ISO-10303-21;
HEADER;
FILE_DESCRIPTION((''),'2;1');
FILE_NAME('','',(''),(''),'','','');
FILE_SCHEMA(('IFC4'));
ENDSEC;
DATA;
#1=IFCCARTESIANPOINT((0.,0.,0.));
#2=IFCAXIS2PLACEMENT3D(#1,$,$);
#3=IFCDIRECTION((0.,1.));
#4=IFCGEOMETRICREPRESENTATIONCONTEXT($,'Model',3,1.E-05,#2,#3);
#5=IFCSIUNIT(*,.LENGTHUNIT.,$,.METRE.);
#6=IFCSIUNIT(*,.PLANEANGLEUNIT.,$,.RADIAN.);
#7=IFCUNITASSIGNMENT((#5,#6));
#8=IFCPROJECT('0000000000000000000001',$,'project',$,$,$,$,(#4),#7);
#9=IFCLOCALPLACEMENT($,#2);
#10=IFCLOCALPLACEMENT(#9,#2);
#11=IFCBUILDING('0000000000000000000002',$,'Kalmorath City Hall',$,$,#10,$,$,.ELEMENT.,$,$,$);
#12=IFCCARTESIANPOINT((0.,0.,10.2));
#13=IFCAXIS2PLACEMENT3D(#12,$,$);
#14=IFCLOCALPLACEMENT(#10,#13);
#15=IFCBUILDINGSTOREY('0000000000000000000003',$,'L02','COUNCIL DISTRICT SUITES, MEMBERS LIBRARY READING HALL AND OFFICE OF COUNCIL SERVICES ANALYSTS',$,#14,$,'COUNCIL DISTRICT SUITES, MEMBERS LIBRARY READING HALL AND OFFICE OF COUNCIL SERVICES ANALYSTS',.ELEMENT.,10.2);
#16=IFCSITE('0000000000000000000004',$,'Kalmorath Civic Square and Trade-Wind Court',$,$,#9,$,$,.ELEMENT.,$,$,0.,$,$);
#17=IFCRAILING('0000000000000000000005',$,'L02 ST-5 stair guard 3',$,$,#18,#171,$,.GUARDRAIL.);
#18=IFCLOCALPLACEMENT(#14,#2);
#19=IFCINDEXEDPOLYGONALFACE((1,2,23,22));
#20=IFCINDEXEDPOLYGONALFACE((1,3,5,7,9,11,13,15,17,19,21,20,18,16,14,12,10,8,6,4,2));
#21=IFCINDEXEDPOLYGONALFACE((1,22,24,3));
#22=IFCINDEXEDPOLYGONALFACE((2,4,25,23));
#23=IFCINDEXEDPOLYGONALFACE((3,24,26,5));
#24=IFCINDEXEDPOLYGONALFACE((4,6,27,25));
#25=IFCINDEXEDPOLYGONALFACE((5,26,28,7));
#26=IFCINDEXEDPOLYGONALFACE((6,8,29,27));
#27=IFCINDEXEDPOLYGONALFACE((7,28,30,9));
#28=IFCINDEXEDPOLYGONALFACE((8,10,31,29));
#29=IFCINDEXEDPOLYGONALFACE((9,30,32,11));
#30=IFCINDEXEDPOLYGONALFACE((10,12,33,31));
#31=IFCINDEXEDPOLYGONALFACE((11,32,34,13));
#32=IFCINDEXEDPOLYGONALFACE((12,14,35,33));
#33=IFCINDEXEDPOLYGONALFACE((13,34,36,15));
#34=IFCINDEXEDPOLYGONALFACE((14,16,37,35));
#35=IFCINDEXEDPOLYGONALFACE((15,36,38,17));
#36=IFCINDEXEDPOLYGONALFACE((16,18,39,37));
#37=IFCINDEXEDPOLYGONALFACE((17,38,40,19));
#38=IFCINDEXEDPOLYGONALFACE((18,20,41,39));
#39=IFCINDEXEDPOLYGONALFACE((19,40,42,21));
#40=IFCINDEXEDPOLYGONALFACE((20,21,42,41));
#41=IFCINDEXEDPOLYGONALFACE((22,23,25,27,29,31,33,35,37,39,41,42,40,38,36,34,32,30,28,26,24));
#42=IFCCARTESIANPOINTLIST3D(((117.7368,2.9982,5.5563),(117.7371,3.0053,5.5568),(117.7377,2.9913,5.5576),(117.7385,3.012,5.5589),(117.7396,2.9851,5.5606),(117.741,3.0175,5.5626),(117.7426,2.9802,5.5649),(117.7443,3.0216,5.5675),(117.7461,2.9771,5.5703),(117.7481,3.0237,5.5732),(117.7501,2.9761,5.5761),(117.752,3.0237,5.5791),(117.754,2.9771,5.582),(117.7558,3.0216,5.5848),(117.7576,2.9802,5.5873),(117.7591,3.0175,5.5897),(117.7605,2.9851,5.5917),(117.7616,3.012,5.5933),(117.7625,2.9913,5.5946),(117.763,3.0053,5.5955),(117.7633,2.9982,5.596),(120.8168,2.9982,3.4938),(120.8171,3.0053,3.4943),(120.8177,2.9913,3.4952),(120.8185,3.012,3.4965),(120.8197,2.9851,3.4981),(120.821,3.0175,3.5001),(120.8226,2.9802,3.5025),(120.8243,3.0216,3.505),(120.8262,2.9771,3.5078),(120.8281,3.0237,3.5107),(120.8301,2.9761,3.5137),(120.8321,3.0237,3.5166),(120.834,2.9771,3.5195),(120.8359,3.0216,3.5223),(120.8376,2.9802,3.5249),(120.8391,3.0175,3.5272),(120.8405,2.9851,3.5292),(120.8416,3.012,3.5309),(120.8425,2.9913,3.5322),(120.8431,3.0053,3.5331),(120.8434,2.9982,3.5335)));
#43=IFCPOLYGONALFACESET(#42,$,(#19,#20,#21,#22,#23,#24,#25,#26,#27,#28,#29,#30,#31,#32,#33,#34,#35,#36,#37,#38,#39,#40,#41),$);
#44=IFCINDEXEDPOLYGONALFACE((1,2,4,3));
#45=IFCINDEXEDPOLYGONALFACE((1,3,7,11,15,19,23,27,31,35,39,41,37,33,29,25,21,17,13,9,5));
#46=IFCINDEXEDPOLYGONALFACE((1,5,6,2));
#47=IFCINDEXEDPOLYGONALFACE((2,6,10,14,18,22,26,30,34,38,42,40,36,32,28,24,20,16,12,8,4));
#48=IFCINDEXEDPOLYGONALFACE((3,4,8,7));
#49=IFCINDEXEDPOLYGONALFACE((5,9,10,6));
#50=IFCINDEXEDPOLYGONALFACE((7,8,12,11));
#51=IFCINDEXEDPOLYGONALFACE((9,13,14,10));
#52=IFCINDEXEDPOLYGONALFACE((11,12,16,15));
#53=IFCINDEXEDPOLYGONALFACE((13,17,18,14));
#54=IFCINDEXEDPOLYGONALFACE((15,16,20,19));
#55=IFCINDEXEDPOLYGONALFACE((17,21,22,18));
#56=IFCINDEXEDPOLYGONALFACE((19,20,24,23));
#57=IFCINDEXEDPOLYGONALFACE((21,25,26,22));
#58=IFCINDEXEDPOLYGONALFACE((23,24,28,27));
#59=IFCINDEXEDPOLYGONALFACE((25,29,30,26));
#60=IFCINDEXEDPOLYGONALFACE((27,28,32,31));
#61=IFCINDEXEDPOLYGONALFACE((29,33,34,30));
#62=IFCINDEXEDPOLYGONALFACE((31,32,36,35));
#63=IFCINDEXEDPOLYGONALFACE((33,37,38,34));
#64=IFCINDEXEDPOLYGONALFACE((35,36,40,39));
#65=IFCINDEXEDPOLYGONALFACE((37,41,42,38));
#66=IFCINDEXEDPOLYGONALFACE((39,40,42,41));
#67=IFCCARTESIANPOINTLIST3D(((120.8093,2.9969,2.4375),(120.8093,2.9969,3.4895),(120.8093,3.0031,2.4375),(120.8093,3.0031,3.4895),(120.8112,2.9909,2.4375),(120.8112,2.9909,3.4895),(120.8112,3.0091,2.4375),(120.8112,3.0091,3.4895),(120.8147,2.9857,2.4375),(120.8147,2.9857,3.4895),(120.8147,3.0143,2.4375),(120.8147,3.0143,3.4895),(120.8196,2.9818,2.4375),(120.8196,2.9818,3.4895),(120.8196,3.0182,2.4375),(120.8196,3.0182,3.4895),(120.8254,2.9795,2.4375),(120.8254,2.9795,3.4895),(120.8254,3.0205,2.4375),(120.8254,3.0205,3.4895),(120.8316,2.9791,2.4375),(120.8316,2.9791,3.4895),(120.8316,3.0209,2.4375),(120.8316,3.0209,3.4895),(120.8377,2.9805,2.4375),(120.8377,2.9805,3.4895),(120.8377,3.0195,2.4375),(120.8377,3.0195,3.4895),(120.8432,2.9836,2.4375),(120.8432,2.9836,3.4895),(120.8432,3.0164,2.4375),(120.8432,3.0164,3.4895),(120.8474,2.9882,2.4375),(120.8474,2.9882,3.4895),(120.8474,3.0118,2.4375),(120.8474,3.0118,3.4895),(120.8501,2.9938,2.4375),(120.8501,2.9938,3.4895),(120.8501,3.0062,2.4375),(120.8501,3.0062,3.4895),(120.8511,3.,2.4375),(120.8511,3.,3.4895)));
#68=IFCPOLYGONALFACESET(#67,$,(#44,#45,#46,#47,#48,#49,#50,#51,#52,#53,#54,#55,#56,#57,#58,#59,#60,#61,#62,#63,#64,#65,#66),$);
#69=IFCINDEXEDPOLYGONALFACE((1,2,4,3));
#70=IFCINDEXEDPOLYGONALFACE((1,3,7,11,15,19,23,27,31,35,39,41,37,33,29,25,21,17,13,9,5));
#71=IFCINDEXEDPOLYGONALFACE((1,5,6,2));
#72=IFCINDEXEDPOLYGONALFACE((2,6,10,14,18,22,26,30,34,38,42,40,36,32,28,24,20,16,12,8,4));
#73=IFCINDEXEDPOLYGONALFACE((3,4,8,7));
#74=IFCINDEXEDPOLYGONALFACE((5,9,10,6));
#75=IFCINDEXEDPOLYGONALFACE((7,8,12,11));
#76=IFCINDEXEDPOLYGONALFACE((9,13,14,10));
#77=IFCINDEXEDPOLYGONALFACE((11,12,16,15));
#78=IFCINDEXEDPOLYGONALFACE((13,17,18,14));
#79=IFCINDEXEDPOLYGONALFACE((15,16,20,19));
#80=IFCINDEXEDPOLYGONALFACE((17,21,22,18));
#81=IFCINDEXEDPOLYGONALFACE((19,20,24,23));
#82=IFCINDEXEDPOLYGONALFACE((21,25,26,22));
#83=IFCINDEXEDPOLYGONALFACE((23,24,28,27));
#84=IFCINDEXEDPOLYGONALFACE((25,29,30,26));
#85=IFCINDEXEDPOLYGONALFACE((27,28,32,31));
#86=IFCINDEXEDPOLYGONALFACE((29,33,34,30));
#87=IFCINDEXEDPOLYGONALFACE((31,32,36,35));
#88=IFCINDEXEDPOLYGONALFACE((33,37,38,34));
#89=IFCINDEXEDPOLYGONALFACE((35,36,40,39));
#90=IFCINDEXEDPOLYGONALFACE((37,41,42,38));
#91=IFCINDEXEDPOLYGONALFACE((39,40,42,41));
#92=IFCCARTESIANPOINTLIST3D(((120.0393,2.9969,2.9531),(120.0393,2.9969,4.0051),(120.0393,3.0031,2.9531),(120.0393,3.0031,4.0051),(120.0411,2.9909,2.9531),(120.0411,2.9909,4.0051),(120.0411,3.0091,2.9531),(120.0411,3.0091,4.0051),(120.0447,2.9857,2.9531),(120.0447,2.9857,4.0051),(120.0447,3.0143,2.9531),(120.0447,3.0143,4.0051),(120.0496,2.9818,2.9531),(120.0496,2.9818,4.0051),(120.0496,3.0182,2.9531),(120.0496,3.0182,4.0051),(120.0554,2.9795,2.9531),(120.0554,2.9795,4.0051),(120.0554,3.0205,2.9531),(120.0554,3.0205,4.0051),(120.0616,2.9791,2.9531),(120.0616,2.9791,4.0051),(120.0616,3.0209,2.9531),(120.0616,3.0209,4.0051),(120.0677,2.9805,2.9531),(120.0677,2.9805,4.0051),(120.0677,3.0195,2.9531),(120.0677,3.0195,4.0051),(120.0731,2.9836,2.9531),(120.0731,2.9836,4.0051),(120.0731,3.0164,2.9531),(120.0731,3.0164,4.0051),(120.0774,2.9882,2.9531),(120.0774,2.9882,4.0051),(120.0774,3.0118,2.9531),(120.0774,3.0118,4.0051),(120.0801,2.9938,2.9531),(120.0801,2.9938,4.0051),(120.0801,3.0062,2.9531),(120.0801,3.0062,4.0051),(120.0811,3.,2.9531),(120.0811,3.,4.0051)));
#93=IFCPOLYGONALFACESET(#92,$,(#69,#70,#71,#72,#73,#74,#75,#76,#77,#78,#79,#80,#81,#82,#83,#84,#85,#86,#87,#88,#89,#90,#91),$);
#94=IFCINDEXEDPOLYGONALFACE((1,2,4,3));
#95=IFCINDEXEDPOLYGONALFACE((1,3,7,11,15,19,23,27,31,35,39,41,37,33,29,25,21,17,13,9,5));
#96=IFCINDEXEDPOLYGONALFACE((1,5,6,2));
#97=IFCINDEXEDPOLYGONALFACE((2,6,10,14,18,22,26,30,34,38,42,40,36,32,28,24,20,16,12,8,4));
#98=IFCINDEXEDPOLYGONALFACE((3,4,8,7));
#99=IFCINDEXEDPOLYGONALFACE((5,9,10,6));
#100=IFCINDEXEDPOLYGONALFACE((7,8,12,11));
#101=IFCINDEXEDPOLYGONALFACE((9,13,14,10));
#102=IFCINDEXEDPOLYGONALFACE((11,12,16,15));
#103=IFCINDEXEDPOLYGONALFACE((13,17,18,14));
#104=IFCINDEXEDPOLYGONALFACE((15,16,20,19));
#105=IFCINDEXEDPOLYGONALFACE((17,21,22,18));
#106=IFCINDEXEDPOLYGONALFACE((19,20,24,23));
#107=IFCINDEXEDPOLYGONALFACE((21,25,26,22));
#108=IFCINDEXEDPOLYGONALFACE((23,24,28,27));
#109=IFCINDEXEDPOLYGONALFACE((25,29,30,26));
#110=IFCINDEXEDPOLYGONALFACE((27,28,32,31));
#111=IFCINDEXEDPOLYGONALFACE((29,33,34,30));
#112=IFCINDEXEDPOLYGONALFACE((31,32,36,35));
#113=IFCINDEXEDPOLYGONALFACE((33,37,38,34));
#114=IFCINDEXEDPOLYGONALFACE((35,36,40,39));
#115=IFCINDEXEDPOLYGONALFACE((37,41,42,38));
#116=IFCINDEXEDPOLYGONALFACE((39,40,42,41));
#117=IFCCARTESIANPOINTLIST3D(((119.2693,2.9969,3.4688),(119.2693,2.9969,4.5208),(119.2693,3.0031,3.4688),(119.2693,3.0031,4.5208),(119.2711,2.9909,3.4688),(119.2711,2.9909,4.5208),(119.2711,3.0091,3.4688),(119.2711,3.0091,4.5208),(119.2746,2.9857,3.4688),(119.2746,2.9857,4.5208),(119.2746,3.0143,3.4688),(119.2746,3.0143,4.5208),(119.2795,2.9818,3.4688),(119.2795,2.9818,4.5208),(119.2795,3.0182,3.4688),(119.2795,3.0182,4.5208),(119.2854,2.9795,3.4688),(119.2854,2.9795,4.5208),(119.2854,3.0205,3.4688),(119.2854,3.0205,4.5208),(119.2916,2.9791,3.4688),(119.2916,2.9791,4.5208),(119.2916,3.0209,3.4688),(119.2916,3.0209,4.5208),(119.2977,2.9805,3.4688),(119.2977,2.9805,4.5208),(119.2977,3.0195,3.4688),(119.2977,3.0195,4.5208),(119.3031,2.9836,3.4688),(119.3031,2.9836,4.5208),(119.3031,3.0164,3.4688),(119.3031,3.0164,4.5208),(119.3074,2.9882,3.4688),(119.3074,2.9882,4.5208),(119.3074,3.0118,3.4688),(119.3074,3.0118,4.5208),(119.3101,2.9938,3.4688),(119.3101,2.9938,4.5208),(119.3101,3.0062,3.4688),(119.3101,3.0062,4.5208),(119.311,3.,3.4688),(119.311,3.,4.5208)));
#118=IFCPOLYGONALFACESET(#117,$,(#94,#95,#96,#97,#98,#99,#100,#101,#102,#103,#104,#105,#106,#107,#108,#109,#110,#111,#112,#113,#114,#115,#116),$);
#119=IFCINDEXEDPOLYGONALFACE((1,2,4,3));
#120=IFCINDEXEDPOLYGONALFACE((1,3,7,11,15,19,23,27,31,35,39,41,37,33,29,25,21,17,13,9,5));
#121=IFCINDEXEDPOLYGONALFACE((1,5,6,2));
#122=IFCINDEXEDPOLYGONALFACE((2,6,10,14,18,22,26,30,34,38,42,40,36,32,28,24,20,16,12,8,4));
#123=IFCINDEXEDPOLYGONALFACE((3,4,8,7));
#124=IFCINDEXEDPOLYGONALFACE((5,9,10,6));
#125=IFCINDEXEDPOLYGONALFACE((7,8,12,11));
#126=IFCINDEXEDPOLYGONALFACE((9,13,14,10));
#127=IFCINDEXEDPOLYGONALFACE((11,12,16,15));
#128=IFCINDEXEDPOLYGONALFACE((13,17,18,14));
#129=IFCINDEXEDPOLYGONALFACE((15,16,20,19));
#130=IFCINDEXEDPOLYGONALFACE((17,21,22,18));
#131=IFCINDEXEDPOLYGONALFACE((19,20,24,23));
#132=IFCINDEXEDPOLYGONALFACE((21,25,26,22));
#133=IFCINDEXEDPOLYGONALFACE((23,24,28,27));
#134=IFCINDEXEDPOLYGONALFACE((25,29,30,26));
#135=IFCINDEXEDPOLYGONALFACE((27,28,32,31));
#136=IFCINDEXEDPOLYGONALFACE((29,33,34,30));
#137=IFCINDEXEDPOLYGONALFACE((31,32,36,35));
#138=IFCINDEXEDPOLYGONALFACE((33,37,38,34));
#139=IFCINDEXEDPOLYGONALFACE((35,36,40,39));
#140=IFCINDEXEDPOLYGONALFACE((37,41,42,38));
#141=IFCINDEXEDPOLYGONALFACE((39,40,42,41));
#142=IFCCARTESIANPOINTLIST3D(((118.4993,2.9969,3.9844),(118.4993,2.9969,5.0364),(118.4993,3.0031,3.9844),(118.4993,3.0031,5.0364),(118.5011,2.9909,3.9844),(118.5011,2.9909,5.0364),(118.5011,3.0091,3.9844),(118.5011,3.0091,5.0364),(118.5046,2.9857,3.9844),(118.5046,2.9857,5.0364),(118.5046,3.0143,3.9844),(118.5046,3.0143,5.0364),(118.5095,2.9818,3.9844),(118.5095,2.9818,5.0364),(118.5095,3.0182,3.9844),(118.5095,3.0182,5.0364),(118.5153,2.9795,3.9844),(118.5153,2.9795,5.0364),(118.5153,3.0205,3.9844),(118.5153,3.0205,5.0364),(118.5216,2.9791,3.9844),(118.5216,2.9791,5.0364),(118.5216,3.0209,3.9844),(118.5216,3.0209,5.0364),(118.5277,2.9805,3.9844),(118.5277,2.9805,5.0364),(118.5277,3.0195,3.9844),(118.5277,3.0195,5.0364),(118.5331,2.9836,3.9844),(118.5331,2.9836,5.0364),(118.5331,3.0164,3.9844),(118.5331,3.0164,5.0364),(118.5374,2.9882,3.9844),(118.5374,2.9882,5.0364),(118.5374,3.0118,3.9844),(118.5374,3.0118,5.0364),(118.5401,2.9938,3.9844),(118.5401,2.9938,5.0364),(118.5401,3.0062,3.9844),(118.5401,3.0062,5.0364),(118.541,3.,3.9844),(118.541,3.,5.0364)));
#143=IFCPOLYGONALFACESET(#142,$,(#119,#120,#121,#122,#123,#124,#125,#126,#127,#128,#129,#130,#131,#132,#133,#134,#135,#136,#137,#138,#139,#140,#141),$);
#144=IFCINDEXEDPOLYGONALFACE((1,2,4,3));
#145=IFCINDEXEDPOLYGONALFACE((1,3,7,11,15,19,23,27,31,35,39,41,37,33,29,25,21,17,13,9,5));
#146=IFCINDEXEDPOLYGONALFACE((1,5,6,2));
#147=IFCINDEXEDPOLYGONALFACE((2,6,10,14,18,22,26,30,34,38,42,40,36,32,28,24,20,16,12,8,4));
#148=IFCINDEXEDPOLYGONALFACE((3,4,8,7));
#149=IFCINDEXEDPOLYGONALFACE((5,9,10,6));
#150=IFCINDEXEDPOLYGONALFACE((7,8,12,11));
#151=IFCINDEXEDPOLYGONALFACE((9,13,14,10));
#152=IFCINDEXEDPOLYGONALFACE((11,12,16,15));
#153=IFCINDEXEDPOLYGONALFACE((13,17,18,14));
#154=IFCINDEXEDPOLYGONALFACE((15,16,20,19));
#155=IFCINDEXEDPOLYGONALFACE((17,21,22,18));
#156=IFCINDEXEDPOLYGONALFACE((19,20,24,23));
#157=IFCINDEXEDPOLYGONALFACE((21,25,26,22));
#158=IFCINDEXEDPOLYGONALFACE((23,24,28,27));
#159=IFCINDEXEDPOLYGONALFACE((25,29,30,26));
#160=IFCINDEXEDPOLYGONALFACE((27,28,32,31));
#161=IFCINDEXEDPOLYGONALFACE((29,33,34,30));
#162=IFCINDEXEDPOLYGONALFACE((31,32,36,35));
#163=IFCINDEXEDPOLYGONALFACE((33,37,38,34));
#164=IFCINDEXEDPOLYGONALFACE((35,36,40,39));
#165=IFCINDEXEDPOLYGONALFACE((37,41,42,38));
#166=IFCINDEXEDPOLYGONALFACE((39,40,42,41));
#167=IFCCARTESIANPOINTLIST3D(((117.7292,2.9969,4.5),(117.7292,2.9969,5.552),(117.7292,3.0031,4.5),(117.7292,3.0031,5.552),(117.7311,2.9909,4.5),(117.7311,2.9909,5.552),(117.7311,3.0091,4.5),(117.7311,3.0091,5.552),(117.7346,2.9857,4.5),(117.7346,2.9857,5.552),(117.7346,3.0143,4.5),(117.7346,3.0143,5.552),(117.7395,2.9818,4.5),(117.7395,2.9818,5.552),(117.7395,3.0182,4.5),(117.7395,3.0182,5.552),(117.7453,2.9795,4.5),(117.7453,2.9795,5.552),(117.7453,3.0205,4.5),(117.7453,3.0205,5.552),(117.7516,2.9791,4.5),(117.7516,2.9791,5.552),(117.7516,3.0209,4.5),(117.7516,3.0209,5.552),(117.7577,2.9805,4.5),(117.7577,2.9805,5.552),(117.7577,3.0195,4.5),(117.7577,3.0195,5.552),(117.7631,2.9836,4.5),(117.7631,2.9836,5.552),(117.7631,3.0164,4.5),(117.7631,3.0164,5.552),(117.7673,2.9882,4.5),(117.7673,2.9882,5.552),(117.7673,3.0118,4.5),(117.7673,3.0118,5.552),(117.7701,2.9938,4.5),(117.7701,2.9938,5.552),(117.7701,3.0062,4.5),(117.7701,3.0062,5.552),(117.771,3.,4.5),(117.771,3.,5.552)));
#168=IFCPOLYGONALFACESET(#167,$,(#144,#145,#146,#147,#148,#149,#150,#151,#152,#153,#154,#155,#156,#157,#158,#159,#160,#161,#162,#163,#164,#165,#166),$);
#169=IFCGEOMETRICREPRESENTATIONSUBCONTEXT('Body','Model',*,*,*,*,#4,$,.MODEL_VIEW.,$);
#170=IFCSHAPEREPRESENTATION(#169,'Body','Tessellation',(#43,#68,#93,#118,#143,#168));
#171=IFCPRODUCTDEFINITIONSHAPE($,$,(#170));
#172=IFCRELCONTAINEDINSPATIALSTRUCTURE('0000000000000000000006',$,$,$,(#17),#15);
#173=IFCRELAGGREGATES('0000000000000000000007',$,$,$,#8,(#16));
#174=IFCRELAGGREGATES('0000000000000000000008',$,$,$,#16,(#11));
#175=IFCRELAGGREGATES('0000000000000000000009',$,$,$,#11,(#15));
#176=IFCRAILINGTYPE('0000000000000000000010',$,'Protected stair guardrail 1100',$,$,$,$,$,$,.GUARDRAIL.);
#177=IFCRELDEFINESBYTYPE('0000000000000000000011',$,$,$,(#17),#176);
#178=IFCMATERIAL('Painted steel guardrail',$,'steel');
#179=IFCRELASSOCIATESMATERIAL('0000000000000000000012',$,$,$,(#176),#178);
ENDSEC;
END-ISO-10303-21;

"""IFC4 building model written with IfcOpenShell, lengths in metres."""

from ifc_helpers import new_model, si_unit, direction, frame, origin, origin_2d, place, context, subcontext, project, spatial, circle, extrude, material, type_object, element, save


model = new_model("IFC4")

# Units and contexts
model_context = context("Model", 3, precision=1e-05, world=origin(), true_north=direction((0.0, 1.0)))
body_context = subcontext(model_context, "Body", "Model", "MODEL_VIEW")
ifc_project = project(units=[si_unit("LENGTHUNIT", "METRE"), si_unit("PLANEANGLEUNIT", "RADIAN")], contexts=[model_context])

# Site, building, storey
site_placement = place(None, origin())
site = spatial("IfcSite", under=ifc_project, at=site_placement, Name="Kalmorath Civic Square and Trade-Wind Court", CompositionType="ELEMENT", RefElevation=0.0)
building_placement = place(site_placement, origin())
building = spatial("IfcBuilding", under=site, at=building_placement, Name="Kalmorath City Hall", CompositionType="ELEMENT")
storey_placement = place(building_placement, frame((0.0, 0.0, 10.2)))
storey = spatial("IfcBuildingStorey", under=building, at=storey_placement, Name="L02", Description="COUNCIL DISTRICT SUITES, MEMBERS LIBRARY READING HALL AND OFFICE OF COUNCIL SERVICES ANALYSTS", LongName="COUNCIL DISTRICT SUITES, MEMBERS LIBRARY READING HALL AND OFFICE OF COUNCIL SERVICES ANALYSTS", CompositionType="ELEMENT", Elevation=10.2)

# Railing
ifc_material_1 = material(Name="Painted steel guardrail", Category="steel")
railing_type_1 = type_object("IfcRailingType", Name="Protected stair guardrail 1100", PredefinedType="GUARDRAIL", material=ifc_material_1)
railing_1_placement = place(storey_placement, frame((120.8301, 3.0, 2.4375)))
element("IfcRailing", 1, at=railing_1_placement, inside=storey, type_object=railing_type_1, Name="L02 ST-5 stair guard 3", PredefinedType="GUARDRAIL", context=body_context, shape_type="SweptSolid", body=[
    extrude(circle(Radius=0.0239, at=origin_2d()), frame((0.0, 0.0, 1.0762), z_axis=(-0.830914, 0.0, 0.556401), x_axis=(0.0, -1.0, 0.0)), (0.0, 0.0, 1.0), 3.7068),
    extrude(circle(Radius=0.021, at=origin_2d()), origin(), (0.0, 0.0, 1.0), 1.052),
    extrude(circle(Radius=0.021, at=origin_2d()), frame((-0.77, 0.0, 0.5156)), (0.0, 0.0, 1.0), 1.052),
    extrude(circle(Radius=0.021, at=origin_2d()), frame((-1.54, 0.0, 1.0312)), (0.0, 0.0, 1.0), 1.052),
    extrude(circle(Radius=0.021, at=origin_2d()), frame((-2.3101, 0.0, 1.5469)), (0.0, 0.0, 1.0), 1.052),
    extrude(circle(Radius=0.021, at=origin_2d()), frame((-3.0801, 0.0, 2.0625)), (0.0, 0.0, 1.0), 1.052),
])

save(model, "model.ifc")
